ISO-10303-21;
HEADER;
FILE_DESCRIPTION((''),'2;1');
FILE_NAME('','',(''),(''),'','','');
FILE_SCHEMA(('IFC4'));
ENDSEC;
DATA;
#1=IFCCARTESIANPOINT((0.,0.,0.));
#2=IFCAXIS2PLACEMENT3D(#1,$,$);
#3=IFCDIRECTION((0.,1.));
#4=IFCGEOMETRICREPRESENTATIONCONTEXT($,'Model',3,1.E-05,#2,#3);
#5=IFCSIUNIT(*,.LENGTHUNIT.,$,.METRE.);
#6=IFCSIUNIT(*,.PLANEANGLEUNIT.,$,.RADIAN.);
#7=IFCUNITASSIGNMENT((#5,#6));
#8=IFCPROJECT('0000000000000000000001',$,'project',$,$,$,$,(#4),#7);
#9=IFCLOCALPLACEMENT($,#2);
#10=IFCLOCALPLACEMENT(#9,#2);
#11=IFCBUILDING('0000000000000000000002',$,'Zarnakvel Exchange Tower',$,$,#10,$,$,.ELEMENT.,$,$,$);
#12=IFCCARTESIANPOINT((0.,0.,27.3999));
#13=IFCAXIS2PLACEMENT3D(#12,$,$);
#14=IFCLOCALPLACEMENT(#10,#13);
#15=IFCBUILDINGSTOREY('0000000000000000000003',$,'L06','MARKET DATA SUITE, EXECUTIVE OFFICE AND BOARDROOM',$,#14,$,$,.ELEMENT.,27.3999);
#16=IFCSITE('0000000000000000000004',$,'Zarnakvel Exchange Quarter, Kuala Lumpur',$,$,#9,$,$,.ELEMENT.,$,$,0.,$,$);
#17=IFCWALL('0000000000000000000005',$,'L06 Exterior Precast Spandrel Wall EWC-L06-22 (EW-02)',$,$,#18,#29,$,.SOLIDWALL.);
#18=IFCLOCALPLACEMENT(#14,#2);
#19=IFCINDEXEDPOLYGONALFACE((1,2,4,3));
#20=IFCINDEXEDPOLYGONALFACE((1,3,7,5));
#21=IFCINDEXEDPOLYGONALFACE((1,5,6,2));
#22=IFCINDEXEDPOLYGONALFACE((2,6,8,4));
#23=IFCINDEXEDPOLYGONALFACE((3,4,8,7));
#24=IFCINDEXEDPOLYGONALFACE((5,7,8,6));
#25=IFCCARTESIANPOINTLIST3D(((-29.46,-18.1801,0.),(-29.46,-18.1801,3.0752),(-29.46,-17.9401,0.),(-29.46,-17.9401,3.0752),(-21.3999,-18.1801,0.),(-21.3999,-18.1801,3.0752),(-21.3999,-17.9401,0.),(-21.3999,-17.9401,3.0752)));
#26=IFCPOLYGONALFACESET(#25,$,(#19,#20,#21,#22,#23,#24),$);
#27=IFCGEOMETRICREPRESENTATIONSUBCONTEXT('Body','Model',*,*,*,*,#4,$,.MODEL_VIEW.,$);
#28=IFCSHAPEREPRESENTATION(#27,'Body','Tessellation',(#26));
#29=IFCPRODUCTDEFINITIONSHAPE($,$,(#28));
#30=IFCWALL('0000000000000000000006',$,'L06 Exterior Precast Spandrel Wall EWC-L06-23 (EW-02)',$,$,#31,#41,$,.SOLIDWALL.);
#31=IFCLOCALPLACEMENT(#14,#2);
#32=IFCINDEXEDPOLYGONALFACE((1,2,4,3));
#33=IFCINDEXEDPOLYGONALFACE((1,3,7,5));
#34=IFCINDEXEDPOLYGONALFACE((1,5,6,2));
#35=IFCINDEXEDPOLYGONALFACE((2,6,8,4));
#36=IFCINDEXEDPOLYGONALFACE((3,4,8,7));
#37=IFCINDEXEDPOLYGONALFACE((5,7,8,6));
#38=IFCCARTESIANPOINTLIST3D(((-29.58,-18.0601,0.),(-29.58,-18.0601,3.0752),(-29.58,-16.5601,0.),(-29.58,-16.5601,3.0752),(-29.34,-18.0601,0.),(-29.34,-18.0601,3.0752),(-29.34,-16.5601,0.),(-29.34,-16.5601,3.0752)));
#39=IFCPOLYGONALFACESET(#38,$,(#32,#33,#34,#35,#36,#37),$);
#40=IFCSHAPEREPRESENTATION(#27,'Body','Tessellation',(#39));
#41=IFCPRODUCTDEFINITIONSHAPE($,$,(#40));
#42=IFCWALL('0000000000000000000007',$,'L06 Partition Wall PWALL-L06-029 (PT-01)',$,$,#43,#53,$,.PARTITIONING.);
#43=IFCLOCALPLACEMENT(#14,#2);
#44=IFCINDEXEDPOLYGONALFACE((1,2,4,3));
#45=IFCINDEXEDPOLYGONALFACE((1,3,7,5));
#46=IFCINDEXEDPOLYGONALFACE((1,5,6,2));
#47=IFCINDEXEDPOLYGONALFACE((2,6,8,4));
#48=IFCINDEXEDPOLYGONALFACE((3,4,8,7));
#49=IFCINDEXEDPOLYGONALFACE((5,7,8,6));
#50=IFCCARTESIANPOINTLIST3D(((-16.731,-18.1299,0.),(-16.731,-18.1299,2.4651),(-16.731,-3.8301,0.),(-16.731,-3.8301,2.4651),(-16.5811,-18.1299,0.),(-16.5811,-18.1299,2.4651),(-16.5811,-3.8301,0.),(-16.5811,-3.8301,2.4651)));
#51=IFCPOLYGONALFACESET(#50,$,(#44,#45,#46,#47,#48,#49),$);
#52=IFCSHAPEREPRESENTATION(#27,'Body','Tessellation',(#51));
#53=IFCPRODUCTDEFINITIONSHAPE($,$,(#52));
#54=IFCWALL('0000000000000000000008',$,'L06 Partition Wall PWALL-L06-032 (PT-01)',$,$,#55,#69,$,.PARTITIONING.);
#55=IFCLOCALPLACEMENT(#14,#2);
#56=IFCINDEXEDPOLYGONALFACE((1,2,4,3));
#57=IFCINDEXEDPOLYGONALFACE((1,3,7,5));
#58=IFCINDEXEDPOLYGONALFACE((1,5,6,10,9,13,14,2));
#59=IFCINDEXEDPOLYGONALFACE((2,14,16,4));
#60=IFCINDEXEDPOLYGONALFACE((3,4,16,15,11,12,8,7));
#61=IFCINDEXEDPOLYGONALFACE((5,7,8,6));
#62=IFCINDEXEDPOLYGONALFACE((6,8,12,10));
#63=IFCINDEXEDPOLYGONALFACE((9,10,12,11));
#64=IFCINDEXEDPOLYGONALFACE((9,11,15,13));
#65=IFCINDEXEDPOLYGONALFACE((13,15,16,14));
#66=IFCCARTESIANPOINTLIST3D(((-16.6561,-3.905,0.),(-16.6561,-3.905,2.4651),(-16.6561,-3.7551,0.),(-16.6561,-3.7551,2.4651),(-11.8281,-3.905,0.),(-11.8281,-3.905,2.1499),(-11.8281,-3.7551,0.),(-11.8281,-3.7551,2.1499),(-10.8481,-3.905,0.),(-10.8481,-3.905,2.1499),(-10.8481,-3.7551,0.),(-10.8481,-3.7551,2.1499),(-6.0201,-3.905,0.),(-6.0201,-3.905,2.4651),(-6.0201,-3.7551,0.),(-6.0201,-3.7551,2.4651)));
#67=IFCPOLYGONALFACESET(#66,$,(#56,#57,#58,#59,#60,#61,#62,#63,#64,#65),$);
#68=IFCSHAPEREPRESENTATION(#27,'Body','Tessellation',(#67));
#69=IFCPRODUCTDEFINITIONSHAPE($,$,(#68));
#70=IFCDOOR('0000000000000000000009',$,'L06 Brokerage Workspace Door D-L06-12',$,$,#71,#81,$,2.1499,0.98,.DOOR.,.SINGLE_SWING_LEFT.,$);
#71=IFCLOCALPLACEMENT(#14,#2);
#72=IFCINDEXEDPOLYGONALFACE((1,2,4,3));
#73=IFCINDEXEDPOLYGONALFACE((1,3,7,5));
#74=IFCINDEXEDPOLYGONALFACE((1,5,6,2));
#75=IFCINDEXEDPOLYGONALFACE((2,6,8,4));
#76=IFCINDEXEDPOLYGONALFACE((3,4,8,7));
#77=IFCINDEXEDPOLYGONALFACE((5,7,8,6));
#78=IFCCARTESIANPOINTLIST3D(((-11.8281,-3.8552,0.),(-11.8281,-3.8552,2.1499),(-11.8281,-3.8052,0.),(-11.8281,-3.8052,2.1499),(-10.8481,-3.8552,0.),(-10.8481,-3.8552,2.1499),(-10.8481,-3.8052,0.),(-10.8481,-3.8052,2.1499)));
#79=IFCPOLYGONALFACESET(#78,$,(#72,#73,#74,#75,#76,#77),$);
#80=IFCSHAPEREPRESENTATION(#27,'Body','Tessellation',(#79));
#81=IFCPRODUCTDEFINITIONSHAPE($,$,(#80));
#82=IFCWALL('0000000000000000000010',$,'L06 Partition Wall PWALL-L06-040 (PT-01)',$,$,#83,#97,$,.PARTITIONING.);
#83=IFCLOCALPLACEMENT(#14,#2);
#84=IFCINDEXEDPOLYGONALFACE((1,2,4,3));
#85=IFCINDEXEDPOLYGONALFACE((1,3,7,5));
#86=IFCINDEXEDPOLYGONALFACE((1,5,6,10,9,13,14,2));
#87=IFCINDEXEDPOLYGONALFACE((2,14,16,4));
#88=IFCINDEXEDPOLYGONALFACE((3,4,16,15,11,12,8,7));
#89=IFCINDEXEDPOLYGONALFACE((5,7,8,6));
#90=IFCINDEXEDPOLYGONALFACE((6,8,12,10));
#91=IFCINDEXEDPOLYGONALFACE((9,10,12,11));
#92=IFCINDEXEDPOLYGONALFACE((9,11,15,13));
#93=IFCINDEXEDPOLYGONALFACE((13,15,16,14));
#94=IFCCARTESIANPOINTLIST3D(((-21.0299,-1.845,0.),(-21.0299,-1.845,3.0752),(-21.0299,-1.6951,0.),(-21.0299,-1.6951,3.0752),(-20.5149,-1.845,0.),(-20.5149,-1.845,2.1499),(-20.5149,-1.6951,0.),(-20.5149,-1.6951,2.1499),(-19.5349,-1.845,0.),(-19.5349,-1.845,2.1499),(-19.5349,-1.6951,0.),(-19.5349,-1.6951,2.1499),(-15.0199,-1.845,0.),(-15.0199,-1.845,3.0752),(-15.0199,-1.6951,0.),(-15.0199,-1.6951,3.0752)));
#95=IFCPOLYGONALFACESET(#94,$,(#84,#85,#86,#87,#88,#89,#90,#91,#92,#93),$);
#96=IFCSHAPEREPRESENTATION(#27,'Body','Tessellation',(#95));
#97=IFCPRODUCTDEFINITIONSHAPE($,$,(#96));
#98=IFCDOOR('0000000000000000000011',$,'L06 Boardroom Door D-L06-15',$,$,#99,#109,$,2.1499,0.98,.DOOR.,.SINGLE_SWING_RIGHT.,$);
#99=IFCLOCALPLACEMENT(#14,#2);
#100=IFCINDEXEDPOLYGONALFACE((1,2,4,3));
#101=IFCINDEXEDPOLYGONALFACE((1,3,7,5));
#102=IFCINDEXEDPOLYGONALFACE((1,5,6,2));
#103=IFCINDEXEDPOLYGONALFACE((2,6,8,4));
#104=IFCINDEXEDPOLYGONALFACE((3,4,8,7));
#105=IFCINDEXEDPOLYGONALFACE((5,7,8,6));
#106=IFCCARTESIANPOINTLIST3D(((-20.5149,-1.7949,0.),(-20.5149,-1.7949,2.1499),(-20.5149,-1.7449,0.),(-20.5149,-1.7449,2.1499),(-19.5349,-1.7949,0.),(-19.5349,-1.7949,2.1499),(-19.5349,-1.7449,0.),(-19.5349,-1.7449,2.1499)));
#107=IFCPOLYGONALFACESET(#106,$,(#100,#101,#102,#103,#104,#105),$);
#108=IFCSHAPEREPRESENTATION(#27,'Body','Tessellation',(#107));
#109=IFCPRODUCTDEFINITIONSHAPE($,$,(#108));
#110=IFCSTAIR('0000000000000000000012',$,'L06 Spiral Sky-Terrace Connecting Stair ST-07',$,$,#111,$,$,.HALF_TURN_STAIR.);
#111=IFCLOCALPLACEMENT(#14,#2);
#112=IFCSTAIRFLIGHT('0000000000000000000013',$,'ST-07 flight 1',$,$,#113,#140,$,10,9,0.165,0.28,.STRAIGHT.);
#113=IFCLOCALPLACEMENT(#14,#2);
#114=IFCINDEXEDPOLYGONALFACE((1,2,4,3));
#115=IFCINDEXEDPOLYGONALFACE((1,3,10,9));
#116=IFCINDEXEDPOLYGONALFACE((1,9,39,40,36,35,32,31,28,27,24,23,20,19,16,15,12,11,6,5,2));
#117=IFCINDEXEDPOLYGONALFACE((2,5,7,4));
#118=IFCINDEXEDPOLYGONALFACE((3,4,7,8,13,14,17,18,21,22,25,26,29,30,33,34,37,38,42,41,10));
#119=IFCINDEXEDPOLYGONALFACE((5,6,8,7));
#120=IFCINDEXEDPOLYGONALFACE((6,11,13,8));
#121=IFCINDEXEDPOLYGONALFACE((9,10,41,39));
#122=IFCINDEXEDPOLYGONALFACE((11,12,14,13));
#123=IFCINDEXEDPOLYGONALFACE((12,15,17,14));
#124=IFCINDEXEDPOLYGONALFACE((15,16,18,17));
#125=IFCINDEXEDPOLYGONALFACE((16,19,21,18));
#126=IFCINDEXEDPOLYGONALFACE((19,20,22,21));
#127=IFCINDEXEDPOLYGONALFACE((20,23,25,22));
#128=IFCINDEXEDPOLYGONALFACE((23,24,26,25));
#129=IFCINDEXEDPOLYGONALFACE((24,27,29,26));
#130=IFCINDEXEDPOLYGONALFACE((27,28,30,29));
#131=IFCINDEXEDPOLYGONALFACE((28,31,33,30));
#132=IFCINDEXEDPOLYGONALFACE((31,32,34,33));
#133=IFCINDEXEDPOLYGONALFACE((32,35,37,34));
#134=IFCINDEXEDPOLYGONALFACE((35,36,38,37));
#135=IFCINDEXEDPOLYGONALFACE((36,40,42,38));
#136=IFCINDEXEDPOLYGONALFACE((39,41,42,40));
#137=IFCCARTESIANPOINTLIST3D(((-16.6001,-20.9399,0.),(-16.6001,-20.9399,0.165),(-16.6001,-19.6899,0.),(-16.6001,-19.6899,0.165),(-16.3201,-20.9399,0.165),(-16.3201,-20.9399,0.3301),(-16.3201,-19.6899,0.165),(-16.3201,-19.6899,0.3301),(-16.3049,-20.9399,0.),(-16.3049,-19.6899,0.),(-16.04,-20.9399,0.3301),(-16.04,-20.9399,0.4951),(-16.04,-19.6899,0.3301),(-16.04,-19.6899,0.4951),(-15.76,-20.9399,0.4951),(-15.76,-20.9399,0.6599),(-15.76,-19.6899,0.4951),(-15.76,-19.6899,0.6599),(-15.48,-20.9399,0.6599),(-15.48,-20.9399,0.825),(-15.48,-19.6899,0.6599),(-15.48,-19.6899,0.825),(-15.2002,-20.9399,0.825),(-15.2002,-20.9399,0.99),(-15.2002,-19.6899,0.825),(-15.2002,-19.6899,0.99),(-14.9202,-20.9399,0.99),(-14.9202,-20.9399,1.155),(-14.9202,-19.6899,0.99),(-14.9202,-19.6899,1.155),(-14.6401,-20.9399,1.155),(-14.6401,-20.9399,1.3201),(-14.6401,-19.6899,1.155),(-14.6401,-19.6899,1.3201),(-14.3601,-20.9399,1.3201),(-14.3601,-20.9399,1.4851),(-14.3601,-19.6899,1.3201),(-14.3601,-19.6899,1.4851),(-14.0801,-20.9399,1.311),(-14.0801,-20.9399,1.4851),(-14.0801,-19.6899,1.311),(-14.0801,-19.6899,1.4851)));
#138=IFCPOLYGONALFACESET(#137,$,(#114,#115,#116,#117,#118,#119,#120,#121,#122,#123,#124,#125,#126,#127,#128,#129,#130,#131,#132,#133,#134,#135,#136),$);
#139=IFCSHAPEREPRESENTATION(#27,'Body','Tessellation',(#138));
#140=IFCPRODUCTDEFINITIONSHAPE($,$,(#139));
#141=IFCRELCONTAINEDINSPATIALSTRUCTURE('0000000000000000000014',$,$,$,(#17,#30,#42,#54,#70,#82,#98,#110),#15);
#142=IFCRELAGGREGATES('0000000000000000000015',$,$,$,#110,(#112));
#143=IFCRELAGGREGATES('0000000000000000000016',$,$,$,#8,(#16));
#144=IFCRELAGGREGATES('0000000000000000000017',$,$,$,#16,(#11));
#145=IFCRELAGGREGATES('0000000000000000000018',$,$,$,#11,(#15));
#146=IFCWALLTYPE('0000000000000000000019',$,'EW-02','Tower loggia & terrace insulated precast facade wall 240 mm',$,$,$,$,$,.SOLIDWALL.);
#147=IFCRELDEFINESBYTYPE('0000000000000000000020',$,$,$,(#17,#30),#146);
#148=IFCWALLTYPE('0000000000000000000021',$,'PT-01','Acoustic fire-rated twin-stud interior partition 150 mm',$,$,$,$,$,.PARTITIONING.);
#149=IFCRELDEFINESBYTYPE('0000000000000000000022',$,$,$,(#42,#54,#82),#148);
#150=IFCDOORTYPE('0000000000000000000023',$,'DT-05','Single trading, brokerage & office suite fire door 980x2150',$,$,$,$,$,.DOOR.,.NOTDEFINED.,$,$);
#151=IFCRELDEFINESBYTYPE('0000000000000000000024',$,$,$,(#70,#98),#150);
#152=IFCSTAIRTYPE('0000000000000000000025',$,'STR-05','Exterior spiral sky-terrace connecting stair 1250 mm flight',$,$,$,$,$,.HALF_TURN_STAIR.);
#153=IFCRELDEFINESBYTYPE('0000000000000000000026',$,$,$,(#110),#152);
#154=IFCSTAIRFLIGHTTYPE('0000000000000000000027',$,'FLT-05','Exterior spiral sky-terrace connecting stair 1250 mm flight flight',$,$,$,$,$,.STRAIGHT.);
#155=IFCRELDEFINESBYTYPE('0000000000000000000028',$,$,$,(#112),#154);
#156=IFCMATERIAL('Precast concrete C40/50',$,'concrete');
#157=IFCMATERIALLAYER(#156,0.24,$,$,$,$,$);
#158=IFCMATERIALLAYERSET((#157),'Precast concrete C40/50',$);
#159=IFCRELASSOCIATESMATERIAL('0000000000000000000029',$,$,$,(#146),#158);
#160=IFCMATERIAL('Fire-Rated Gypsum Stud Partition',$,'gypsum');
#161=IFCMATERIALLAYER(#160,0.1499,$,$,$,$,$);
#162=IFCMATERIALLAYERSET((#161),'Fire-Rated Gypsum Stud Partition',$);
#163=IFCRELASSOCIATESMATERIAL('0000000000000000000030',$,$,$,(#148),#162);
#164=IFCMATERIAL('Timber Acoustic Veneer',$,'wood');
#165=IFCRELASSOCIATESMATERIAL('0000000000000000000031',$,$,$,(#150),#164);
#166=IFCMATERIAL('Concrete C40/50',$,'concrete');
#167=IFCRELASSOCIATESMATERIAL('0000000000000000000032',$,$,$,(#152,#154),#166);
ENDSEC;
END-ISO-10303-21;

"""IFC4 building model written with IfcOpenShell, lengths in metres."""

from ifc_helpers import new_model, si_unit, direction, frame, frame_2d, origin, place, context, subcontext, project, spatial, polyline, rectangle, outline, extrude, source, transform, mapped, material, layer, layer_set, type_object, element, fill, aggregate, save


model = new_model("IFC4")

# Units and contexts
model_context = context("Model", 3, precision=1e-05, world=origin(), true_north=direction((0.0, 1.0)))
body_context = subcontext(model_context, "Body", "Model", "MODEL_VIEW")
ifc_project = project(units=[si_unit("LENGTHUNIT", "METRE"), si_unit("PLANEANGLEUNIT", "RADIAN")], contexts=[model_context])

# Site, building, storey
site_placement = place(None, origin())
site = spatial("IfcSite", under=ifc_project, at=site_placement, Name="Zarnakvel Exchange Quarter, Kuala Lumpur", CompositionType="ELEMENT", RefElevation=0.0)
building_placement = place(site_placement, origin())
building = spatial("IfcBuilding", under=site, at=building_placement, Name="Zarnakvel Exchange Tower", CompositionType="ELEMENT")
storey_placement = place(building_placement, frame((0.0, 0.0, 27.3999)))
storey = spatial("IfcBuildingStorey", under=building, at=storey_placement, Name="L06", Description="MARKET DATA SUITE, EXECUTIVE OFFICE AND BOARDROOM", CompositionType="ELEMENT", Elevation=27.3999)

# Walls
ifc_material_1 = material(Name="Precast concrete C40/50", Category="concrete")
ifc_layer_1 = layer(ifc_material_1, 0.24)
ifc_layer_set_1 = layer_set([ifc_layer_1], Name="Precast concrete C40/50")
wall_type_1 = type_object("IfcWallType", Name="EW-02", Description="Tower loggia & terrace insulated precast facade wall 240 mm", PredefinedType="SOLIDWALL", material=ifc_layer_set_1)
wall_1_placement = place(storey_placement, frame((-29.46, -18.0601, 0.0), z_axis=(0.0, 0.0, 1.0), x_axis=(1.0, 0.0, 0.0)))
element("IfcWall", 1, at=wall_1_placement, inside=storey, type_object=wall_type_1, Name="L06 Exterior Precast Spandrel Wall EWC-L06-22 (EW-02)", PredefinedType="SOLIDWALL", context=body_context, shape_type="SweptSolid", body=[
    extrude(rectangle(XDim=8.0601, YDim=0.24, at=frame_2d((4.03, 0.0))), origin(), (0.0, 0.0, 1.0), 3.0752),
])
wall_2_placement = place(storey_placement, frame((-29.46, -16.5601, 0.0), z_axis=(0.0, 0.0, 1.0), x_axis=(0.0, -1.0, 0.0)))
element("IfcWall", 2, at=wall_2_placement, inside=storey, type_object=wall_type_1, Name="L06 Exterior Precast Spandrel Wall EWC-L06-23 (EW-02)", PredefinedType="SOLIDWALL", context=body_context, shape_type="SweptSolid", body=[
    extrude(rectangle(XDim=1.5, YDim=0.24, at=frame_2d((0.75, 0.0))), origin(), (0.0, 0.0, 1.0), 3.0752),
])
ifc_material_2 = material(Name="Fire-Rated Gypsum Stud Partition", Category="gypsum")
ifc_layer_2 = layer(ifc_material_2, 0.1499)
ifc_layer_set_2 = layer_set([ifc_layer_2], Name="Fire-Rated Gypsum Stud Partition")
wall_type_2 = type_object("IfcWallType", Name="PT-01", Description="Acoustic fire-rated twin-stud interior partition 150 mm", PredefinedType="PARTITIONING", material=ifc_layer_set_2)
wall_3_placement = place(storey_placement, frame((-16.656, -3.8301, 0.0), z_axis=(0.0, 0.0, 1.0), x_axis=(0.0, -1.0, 0.0)))
element("IfcWall", 3, at=wall_3_placement, inside=storey, type_object=wall_type_2, Name="L06 Partition Wall PWALL-L06-029 (PT-01)", PredefinedType="PARTITIONING", context=body_context, shape_type="SweptSolid", body=[
    extrude(rectangle(XDim=14.2998, YDim=0.1499, at=frame_2d((7.1499, 0.0))), origin(), (0.0, 0.0, 1.0), 2.4651),
])

# Walls, openings, doors
wall_4_placement = place(storey_placement, frame((-16.656, -3.8301, 0.0), z_axis=(0.0, 0.0, 1.0), x_axis=(1.0, 0.0, 0.0)))
wall_4 = element("IfcWall", 4, at=wall_4_placement, inside=storey, type_object=wall_type_2, Name="L06 Partition Wall PWALL-L06-032 (PT-01)", PredefinedType="PARTITIONING", context=body_context, shape_type="SweptSolid", body=[
    extrude(rectangle(XDim=10.636, YDim=0.1499, at=frame_2d((5.3179, 0.0))), origin(), (0.0, 0.0, 1.0), 2.4651),
])
opening_1_placement = place(wall_4_placement, frame((4.8279, 0.0, 0.0)))
opening_1 = element("IfcOpeningElement", 5, at=opening_1_placement, cuts=wall_4, PredefinedType="OPENING", context=body_context, shape_type="SweptSolid", body=[
    extrude(rectangle(XDim=0.98, YDim=2.1499, at=frame_2d((0.49, 1.075))), frame((0.0, 0.085, 0.0), z_axis=(0.0, -1.0, 0.0), x_axis=(1.0, 0.0, 0.0)), (0.0, 0.0, 1.0), 0.1699),
])
ifc_material_3 = material(Name="Timber Acoustic Veneer", Category="wood")
door_type = type_object("IfcDoorType", Name="DT-05", Description="Single trading, brokerage & office suite fire door 980x2150", OperationType="NOTDEFINED", PredefinedType="DOOR", material=ifc_material_3)
shared_shape_1 = source(origin(), body_context, "Body", "SweptSolid", [
    extrude(rectangle(XDim=0.98, YDim=2.1499, at=frame_2d((0.49, 1.075))), frame((0.0, 0.0249, 0.0), z_axis=(0.0, -1.0, 0.0), x_axis=(1.0, 0.0, 0.0)), (0.0, 0.0, 1.0), 0.05),
])
door_1_placement = place(opening_1_placement, origin())
door_1 = element("IfcDoor", 6, at=door_1_placement, inside=storey, type_object=door_type, Name="L06 Brokerage Workspace Door D-L06-12", OperationType="SINGLE_SWING_LEFT", OverallHeight=2.1499, OverallWidth=0.98, PredefinedType="DOOR", context=body_context, shape_type="MappedRepresentation", body=[
    mapped(shared_shape_1, transform((0.0, 0.0, 0.0), x_axis=(1.0, 0.0, 0.0), y_axis=(0.0, 1.0, 0.0), z_axis=(0.0, 0.0, 1.0), scale=1.0)),
])
fill(opening_1, door_1)
wall_5_placement = place(storey_placement, frame((-15.02, -1.77, 0.0), z_axis=(0.0, 0.0, 1.0), x_axis=(-1.0, 0.0, 0.0)))
wall_5 = element("IfcWall", 7, at=wall_5_placement, inside=storey, type_object=wall_type_2, Name="L06 Partition Wall PWALL-L06-040 (PT-01)", PredefinedType="PARTITIONING", context=body_context, shape_type="SweptSolid", body=[
    extrude(rectangle(XDim=6.01, YDim=0.1499, at=frame_2d((3.0049, 0.0))), origin(), (0.0, 0.0, 1.0), 3.0752),
])
opening_2_placement = place(wall_5_placement, frame((4.5149, 0.0, 0.0)))
opening_2 = element("IfcOpeningElement", 8, at=opening_2_placement, cuts=wall_5, PredefinedType="OPENING", context=body_context, shape_type="SweptSolid", body=[
    extrude(rectangle(XDim=0.98, YDim=2.1499, at=frame_2d((0.49, 1.075))), frame((0.0, 0.085, 0.0), z_axis=(0.0, -1.0, 0.0), x_axis=(1.0, 0.0, 0.0)), (0.0, 0.0, 1.0), 0.1699),
])
door_2_placement = place(opening_2_placement, origin())
door_2 = element("IfcDoor", 9, at=door_2_placement, inside=storey, type_object=door_type, Name="L06 Boardroom Door D-L06-15", OperationType="SINGLE_SWING_RIGHT", OverallHeight=2.1499, OverallWidth=0.98, PredefinedType="DOOR", context=body_context, shape_type="MappedRepresentation", body=[
    mapped(shared_shape_1, transform((0.0, 0.0, 0.0), x_axis=(1.0, 0.0, 0.0), y_axis=(0.0, 1.0, 0.0), z_axis=(0.0, 0.0, 1.0), scale=1.0)),
])
fill(opening_2, door_2)

# Stair, stair flight
ifc_material_4 = material(Name="Concrete C40/50", Category="concrete")
stair_type = type_object("IfcStairType", Name="STR-05", Description="Exterior spiral sky-terrace connecting stair 1250 mm flight", PredefinedType="HALF_TURN_STAIR", material=ifc_material_4)
stair_placement = place(storey_placement, origin())
stair = element("IfcStair", 10, at=stair_placement, inside=storey, type_object=stair_type, Name="L06 Spiral Sky-Terrace Connecting Stair ST-07", PredefinedType="HALF_TURN_STAIR")
stair_flight_type = type_object("IfcStairFlightType", Name="FLT-05", Description="Exterior spiral sky-terrace connecting stair 1250 mm flight flight", PredefinedType="STRAIGHT", material=ifc_material_4)
stair_flight_placement = place(storey_placement, frame((-16.6001, -20.3149, 0.0), z_axis=(0.0, 0.0, 1.0), x_axis=(1.0, 0.0, 0.0)))
stair_flight = element("IfcStairFlight", 11, at=stair_flight_placement, type_object=stair_flight_type, Name="ST-07 flight 1", NumberOfRisers=10, NumberOfTreads=9, PredefinedType="STRAIGHT", RiserHeight=0.165, TreadLength=0.28, context=body_context, shape_type="SweptSolid", body=[
    extrude(outline(polyline([(0.0, 0.0), (0.0, 0.165), (0.28, 0.165), (0.28, 0.3301), (0.5601, 0.3301), (0.5601, 0.4951), (0.8401, 0.4951), (0.8401, 0.6599), (1.1201, 0.6599), (1.1201, 0.825), (1.3999, 0.825), (1.3999, 0.99), (1.6799, 0.99), (1.6799, 1.155), (1.96, 1.155), (1.96, 1.3201), (2.24, 1.3201), (2.24, 1.4851), (2.52, 1.4851), (2.52, 1.6499), (2.52, 1.311), (0.2952, 0.0), (0.0, 0.0)])), frame((0.0, 0.625, 0.0), z_axis=(0.0, -1.0, 0.0), x_axis=(1.0, 0.0, 0.0)), (0.0, 0.0, 1.0), 1.25),
])
aggregate(stair, [stair_flight])

save(model, "model.ifc")
